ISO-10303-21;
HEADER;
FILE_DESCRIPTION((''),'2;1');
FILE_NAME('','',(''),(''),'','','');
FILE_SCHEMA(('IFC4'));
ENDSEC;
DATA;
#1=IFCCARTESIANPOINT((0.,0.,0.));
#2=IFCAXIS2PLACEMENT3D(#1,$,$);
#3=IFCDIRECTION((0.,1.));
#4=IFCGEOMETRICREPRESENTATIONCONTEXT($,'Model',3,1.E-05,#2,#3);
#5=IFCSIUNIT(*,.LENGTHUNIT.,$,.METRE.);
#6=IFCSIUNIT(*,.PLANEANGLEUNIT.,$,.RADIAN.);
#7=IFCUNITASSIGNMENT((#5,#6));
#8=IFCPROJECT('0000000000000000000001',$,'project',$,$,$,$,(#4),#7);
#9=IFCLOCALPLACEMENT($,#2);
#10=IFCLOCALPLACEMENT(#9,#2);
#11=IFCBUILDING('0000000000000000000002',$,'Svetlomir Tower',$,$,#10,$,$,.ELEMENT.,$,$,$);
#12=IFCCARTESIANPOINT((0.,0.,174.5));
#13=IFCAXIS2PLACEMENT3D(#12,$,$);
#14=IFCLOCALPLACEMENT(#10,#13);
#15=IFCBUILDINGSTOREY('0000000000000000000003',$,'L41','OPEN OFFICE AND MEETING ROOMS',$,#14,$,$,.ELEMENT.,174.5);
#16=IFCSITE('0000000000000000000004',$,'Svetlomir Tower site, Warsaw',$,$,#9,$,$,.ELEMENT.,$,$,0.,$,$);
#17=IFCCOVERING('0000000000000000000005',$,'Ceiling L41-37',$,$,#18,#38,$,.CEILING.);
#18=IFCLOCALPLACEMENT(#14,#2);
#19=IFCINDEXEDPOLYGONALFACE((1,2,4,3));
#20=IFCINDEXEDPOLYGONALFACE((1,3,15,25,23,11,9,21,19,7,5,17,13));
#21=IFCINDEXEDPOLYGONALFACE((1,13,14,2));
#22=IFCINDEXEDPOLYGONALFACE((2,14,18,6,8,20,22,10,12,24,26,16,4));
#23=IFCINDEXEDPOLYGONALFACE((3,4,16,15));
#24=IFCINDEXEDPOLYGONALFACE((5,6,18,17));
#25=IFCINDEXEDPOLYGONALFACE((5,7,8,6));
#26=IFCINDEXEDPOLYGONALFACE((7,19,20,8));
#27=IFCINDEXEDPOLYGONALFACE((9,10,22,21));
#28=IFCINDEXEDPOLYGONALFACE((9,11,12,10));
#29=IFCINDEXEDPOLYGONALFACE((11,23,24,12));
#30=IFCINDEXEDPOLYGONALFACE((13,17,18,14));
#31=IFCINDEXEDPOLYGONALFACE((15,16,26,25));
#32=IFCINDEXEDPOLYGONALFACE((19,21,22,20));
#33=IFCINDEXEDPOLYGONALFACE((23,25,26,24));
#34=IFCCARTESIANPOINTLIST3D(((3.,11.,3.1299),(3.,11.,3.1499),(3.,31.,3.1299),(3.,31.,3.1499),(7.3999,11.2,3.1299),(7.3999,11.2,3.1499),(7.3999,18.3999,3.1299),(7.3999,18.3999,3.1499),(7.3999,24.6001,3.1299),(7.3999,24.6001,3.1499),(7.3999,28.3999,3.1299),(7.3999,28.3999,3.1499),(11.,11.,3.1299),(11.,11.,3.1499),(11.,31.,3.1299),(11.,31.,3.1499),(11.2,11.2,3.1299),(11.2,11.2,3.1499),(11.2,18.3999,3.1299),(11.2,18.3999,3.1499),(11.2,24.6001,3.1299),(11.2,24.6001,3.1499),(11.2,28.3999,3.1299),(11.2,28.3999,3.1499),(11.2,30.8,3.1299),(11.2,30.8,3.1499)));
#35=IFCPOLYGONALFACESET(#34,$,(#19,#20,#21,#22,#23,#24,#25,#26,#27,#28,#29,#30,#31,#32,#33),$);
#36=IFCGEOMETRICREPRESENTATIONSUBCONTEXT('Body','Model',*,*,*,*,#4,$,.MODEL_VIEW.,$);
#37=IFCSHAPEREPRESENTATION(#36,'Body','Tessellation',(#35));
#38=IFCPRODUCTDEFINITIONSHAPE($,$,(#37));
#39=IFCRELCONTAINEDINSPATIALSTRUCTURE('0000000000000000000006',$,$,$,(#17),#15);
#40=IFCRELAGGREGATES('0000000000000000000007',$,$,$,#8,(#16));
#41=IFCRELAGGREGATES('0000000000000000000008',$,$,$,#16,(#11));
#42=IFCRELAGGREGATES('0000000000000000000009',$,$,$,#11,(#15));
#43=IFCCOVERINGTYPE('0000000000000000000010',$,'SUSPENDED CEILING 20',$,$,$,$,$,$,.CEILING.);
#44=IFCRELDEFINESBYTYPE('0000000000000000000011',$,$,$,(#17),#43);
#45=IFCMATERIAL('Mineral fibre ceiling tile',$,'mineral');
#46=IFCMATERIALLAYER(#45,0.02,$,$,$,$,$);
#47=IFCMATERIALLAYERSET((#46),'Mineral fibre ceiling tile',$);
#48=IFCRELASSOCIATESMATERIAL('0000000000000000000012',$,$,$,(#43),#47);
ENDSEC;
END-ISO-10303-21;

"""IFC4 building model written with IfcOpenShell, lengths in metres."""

from ifc_helpers import new_model, si_unit, direction, frame, origin, place, context, subcontext, project, spatial, polyline, outline, extrude, material, layer, layer_set, type_object, element, save


model = new_model("IFC4")

# Units and contexts
model_context = context("Model", 3, precision=1e-05, world=origin(), true_north=direction((0.0, 1.0)))
body_context = subcontext(model_context, "Body", "Model", "MODEL_VIEW")
ifc_project = project(units=[si_unit("LENGTHUNIT", "METRE"), si_unit("PLANEANGLEUNIT", "RADIAN")], contexts=[model_context])

# Site, building, storey
site_placement = place(None, origin())
site = spatial("IfcSite", under=ifc_project, at=site_placement, Name="Svetlomir Tower site, Warsaw", CompositionType="ELEMENT", RefElevation=0.0)
building_placement = place(site_placement, origin())
building = spatial("IfcBuilding", under=site, at=building_placement, Name="Svetlomir Tower", CompositionType="ELEMENT")
storey_placement = place(building_placement, frame((0.0, 0.0, 174.5)))
storey = spatial("IfcBuildingStorey", under=building, at=storey_placement, Name="L41", Description="OPEN OFFICE AND MEETING ROOMS", CompositionType="ELEMENT", Elevation=174.5)

# Covering
ifc_material_1 = material(Name="Mineral fibre ceiling tile", Category="mineral")
ifc_layer_1 = layer(ifc_material_1, 0.02)
ifc_layer_set_1 = layer_set([ifc_layer_1], Name="Mineral fibre ceiling tile")
covering_type_1 = type_object("IfcCoveringType", Name="SUSPENDED CEILING 20", PredefinedType="CEILING", material=ifc_layer_set_1)
covering_1_placement = place(storey_placement, frame((0.0, 0.0, 3.1299)))
element("IfcCovering", 1, at=covering_1_placement, inside=storey, type_object=covering_type_1, Name="Ceiling L41-37", PredefinedType="CEILING", context=body_context, shape_type="SweptSolid", body=[
    extrude(outline(polyline([(11.2, 28.3999), (7.3999, 28.3999), (7.3999, 24.6001), (11.2, 24.6001), (11.2, 18.3999), (7.3999, 18.3999), (7.3999, 11.2), (11.2, 11.2), (11.0, 11.0), (3.0, 11.0), (3.0, 31.0), (11.0, 31.0), (11.2, 30.8), (11.2, 28.3999)])), origin(), (0.0, 0.0, 1.0), 0.02),
])

save(model, "model.ifc")
